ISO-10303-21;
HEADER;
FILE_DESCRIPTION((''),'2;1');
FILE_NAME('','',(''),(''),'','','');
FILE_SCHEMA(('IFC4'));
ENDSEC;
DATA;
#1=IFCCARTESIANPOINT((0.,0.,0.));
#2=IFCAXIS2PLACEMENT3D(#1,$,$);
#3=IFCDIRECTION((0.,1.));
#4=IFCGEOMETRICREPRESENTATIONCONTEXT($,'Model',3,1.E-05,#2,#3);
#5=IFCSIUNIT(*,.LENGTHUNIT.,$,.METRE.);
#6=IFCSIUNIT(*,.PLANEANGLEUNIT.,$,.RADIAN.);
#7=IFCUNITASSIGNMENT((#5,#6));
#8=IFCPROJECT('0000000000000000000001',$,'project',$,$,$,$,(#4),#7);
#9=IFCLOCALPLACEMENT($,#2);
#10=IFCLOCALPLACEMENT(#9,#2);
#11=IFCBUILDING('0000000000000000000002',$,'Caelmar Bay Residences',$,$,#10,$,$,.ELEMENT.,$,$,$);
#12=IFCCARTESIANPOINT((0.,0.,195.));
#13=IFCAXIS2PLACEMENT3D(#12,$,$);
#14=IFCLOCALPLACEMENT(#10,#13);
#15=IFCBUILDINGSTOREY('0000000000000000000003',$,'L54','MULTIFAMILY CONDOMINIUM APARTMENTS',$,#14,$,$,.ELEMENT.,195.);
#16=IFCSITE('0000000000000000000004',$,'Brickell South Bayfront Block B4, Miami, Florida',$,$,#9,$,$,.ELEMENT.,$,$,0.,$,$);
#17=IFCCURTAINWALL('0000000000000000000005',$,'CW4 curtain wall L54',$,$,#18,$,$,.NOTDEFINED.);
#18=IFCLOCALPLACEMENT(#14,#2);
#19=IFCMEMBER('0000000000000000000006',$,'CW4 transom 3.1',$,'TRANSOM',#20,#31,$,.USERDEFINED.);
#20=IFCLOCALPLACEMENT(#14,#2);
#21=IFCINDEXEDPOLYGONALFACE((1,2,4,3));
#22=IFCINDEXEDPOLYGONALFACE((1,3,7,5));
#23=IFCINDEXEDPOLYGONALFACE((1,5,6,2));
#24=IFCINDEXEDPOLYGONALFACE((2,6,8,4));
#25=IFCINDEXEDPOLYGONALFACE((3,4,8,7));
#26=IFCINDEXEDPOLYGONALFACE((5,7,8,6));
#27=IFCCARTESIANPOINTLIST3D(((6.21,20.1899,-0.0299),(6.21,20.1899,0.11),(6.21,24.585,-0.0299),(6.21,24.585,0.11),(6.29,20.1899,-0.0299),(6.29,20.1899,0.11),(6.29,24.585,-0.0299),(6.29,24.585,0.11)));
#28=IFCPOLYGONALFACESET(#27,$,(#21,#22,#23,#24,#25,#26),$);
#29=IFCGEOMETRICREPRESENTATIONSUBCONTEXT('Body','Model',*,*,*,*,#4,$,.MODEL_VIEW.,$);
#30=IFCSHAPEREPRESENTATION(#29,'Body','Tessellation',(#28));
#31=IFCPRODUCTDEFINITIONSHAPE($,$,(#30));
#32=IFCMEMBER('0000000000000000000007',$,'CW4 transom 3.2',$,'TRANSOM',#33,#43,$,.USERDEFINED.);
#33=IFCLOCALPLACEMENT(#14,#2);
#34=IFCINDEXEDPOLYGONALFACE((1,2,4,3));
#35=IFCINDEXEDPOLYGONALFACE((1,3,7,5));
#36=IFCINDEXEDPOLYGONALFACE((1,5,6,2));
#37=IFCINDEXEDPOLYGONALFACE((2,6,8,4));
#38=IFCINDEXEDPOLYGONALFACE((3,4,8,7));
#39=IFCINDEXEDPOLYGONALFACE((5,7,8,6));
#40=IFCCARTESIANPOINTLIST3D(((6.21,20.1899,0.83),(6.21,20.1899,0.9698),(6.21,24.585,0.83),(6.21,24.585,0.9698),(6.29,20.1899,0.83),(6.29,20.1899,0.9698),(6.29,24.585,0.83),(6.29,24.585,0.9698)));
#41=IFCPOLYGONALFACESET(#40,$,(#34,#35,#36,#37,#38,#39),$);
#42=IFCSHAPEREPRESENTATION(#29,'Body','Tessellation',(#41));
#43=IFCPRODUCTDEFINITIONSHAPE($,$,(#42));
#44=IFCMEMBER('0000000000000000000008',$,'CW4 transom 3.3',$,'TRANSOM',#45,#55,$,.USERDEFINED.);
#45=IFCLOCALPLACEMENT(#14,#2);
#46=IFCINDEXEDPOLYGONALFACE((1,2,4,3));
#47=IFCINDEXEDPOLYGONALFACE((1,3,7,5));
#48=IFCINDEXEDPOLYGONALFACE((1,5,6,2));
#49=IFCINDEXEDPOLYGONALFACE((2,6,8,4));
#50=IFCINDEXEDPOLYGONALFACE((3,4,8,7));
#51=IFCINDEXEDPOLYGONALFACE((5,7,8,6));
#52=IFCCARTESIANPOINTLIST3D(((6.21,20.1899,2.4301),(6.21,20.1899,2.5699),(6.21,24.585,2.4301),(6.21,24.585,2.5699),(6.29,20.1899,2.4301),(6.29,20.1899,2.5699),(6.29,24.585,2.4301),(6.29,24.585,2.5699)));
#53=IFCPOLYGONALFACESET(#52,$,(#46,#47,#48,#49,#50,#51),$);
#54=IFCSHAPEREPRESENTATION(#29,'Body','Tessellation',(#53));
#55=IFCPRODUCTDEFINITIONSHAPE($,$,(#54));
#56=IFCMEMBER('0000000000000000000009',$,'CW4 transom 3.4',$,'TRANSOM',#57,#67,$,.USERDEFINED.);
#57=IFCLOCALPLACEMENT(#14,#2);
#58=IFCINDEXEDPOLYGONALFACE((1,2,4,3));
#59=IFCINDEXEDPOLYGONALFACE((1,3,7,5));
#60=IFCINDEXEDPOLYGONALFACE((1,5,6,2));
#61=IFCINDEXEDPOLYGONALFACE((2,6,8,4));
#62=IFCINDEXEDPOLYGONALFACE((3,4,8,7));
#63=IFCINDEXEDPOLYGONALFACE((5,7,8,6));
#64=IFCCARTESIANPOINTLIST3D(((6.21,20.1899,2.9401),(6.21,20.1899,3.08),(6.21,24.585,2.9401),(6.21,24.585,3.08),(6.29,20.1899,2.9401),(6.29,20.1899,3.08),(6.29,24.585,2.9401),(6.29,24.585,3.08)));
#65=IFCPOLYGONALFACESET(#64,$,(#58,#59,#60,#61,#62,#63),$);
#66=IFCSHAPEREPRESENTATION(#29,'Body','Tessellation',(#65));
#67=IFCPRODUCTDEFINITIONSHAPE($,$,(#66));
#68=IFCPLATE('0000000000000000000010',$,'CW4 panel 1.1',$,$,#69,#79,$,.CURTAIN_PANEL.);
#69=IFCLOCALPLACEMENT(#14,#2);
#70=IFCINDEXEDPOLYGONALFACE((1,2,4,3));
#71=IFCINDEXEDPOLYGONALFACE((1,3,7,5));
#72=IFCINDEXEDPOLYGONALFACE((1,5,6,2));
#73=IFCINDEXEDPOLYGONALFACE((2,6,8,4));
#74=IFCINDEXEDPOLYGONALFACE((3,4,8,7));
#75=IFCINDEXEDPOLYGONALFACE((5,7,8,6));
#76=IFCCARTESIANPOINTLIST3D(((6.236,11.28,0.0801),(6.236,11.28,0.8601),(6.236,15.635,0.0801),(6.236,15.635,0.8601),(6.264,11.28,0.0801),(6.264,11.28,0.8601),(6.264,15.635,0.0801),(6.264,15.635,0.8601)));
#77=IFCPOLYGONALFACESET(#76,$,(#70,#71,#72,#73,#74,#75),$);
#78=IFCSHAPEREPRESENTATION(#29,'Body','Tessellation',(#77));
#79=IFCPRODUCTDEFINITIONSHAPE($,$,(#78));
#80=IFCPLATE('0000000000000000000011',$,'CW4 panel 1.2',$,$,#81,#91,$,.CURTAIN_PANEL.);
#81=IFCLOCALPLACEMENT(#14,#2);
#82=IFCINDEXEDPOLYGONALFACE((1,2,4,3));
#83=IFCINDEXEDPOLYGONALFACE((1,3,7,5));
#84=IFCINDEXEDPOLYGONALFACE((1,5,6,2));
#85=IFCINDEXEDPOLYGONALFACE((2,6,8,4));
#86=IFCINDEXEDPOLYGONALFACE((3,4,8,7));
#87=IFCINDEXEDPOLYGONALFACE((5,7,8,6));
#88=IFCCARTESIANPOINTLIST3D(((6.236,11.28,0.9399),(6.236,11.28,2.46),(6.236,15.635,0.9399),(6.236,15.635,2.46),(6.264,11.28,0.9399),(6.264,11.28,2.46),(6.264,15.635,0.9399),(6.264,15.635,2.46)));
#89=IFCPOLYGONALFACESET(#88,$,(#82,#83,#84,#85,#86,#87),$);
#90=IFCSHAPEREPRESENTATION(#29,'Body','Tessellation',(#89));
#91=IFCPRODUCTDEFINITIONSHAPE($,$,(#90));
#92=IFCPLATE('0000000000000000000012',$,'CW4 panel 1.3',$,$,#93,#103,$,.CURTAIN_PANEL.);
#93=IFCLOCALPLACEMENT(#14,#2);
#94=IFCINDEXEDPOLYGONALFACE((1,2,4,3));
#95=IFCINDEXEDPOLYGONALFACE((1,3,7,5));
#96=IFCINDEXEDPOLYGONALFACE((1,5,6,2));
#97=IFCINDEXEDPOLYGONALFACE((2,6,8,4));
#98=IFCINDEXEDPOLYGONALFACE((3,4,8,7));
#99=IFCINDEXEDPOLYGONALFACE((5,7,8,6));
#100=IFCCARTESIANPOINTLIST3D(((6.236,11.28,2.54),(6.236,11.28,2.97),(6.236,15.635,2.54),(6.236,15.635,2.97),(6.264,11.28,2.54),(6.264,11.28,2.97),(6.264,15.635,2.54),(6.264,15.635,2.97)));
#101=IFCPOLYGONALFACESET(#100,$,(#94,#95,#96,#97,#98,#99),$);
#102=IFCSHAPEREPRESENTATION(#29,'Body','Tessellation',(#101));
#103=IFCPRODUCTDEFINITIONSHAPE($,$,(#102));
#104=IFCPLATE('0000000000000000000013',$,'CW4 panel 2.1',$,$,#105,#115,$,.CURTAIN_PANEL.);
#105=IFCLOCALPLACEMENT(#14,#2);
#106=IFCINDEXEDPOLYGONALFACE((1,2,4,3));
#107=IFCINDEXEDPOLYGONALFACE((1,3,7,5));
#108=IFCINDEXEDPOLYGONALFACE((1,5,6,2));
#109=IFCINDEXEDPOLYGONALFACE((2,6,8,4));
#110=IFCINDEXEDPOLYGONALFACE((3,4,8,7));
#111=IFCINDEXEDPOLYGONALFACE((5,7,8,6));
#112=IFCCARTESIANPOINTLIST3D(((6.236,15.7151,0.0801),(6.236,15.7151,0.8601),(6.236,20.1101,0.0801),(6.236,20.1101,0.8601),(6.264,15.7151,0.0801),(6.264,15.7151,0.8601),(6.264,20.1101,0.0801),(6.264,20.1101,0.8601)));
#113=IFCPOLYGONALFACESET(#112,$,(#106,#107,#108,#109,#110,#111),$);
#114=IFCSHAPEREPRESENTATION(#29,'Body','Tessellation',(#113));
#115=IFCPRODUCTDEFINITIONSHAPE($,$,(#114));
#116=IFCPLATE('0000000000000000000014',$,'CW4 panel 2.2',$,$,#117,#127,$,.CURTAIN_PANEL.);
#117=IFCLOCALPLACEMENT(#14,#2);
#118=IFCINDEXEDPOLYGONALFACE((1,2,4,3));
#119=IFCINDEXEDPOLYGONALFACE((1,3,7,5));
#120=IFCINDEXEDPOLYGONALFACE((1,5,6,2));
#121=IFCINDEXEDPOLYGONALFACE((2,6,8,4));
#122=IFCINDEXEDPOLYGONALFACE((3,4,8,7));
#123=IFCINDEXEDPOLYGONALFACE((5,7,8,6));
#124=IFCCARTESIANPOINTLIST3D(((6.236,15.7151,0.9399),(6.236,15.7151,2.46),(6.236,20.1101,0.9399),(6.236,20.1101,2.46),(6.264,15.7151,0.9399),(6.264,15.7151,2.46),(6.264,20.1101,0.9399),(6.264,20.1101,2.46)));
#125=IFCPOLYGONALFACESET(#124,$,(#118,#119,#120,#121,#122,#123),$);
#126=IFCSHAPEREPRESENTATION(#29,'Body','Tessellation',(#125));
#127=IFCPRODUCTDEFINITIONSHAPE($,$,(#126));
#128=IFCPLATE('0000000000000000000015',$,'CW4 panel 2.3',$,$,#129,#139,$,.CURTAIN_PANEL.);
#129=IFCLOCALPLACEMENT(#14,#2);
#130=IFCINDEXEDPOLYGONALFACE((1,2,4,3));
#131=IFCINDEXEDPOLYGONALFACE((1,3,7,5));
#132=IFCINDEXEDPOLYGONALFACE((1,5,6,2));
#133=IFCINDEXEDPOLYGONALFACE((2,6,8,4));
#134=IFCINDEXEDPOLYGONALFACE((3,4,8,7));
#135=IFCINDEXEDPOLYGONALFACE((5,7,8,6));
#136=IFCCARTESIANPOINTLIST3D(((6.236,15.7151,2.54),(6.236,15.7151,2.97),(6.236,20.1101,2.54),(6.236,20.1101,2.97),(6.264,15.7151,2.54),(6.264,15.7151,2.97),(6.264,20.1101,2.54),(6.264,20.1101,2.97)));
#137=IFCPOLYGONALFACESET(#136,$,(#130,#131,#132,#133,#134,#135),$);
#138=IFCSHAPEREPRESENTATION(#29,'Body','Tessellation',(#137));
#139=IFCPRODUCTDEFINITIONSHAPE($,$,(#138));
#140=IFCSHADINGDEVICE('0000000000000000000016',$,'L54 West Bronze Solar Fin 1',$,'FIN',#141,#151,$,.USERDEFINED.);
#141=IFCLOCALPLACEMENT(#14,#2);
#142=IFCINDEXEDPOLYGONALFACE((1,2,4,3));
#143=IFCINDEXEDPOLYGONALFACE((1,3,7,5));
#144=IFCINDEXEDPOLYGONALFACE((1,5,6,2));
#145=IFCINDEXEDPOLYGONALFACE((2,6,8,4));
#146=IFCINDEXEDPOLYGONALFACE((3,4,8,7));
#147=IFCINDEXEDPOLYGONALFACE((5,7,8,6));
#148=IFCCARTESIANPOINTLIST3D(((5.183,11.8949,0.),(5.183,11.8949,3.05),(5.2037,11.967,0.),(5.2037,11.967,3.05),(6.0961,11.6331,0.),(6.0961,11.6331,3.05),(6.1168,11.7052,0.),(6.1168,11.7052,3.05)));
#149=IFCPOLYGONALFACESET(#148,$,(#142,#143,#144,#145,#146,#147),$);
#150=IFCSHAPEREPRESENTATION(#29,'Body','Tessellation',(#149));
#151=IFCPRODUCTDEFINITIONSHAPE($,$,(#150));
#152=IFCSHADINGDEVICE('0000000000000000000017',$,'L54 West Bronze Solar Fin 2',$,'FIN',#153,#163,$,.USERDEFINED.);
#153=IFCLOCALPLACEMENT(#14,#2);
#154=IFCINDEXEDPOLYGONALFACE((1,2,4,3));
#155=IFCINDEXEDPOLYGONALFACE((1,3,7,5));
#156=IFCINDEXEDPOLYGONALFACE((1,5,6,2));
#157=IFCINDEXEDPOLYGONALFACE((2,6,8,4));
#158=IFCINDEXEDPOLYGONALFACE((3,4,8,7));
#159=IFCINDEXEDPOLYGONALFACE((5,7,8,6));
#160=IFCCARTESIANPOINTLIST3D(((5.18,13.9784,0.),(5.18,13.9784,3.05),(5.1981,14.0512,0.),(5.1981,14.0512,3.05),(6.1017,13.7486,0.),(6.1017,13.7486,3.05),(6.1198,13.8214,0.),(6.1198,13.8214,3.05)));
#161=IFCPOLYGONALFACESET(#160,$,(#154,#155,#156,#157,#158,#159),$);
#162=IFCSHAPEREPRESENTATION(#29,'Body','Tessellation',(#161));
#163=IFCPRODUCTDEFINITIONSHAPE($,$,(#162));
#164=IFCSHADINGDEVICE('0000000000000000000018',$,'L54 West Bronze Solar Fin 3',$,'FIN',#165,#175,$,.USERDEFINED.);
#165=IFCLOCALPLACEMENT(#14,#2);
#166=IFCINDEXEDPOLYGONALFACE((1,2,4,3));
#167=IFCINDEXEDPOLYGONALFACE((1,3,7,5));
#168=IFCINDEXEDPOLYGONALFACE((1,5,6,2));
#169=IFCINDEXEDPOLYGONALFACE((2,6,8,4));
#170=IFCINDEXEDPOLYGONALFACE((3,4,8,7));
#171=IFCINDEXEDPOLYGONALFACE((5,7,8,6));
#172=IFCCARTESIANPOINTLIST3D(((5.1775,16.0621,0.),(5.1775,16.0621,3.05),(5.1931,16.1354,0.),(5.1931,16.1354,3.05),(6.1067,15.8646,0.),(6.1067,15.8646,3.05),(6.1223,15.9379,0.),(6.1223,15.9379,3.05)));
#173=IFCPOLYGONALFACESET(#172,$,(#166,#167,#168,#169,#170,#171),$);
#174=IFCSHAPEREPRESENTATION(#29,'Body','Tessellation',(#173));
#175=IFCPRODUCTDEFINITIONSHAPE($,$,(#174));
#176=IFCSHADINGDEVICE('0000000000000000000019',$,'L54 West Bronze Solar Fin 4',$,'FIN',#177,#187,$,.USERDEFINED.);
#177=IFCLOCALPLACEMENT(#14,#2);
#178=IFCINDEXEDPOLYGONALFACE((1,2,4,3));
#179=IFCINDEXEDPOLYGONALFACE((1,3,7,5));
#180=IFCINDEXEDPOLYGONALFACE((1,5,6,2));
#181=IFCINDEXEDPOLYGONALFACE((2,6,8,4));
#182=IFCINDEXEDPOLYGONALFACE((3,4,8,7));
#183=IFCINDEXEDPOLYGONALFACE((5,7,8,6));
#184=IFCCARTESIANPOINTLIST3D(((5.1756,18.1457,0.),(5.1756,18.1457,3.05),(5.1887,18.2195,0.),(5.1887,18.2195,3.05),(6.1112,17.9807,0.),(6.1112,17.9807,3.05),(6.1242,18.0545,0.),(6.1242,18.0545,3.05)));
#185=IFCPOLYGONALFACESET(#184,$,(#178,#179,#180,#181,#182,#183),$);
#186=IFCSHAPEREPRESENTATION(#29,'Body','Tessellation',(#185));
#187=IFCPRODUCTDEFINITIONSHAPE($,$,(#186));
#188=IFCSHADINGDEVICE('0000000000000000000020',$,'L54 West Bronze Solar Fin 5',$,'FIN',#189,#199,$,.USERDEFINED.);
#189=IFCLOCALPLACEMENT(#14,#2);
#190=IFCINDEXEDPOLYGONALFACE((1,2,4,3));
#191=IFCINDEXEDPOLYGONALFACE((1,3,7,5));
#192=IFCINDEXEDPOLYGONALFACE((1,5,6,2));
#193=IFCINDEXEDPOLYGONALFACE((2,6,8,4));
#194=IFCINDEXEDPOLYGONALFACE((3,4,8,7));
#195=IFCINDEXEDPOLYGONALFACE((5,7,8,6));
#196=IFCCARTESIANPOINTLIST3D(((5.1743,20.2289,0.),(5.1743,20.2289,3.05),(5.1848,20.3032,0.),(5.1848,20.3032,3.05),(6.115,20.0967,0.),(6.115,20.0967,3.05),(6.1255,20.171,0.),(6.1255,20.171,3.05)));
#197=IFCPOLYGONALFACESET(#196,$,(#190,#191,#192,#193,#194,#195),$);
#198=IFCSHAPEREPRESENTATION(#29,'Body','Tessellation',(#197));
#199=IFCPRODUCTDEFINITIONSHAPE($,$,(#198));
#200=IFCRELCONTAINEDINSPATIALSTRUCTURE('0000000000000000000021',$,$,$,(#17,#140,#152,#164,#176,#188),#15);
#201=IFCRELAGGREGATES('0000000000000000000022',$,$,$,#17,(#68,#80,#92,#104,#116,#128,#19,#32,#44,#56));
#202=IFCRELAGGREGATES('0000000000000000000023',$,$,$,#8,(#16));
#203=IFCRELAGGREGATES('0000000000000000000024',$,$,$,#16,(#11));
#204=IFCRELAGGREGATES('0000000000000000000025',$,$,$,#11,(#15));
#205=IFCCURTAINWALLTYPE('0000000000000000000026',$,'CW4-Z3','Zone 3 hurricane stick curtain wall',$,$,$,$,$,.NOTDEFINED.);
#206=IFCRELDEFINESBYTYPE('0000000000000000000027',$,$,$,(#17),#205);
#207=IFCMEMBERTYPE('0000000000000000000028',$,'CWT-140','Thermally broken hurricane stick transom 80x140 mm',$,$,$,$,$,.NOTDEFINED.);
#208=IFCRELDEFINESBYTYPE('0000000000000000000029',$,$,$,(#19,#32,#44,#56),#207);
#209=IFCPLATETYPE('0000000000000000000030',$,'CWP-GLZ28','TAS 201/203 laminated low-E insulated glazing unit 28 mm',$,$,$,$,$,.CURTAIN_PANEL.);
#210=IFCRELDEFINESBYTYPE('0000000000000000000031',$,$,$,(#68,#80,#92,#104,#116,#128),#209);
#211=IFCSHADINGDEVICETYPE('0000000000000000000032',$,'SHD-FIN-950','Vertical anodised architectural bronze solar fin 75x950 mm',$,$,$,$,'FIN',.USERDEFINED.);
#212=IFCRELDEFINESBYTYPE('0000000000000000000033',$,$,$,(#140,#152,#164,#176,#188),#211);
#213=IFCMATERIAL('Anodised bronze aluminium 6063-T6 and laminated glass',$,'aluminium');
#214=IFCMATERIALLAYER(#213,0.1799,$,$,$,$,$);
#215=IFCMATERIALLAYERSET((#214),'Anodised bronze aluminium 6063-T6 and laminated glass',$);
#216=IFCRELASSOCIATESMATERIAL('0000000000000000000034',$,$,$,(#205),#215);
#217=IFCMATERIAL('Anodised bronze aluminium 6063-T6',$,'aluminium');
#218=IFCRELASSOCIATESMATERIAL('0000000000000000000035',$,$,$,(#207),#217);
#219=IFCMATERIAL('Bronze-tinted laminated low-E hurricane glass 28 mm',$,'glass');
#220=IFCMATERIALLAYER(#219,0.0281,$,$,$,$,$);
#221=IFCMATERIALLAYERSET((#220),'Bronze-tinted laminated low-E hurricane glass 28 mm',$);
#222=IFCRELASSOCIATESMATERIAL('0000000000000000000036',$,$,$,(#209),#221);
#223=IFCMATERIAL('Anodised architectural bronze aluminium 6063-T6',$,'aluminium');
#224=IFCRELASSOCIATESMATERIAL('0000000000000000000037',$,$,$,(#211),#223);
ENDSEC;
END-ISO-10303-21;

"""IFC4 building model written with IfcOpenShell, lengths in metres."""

from ifc_helpers import new_model, si_unit, direction, frame, origin, origin_2d, place, context, subcontext, project, spatial, rectangle, extrude, material, layer, layer_set, material_profile, profile_set, type_object, element, aggregate, save


model = new_model("IFC4")

# Units and contexts
model_context = context("Model", 3, precision=1e-05, world=origin(), true_north=direction((0.0, 1.0)))
body_context = subcontext(model_context, "Body", "Model", "MODEL_VIEW")
ifc_project = project(units=[si_unit("LENGTHUNIT", "METRE"), si_unit("PLANEANGLEUNIT", "RADIAN")], contexts=[model_context])

# Site, building, storey
site_placement = place(None, origin())
site = spatial("IfcSite", under=ifc_project, at=site_placement, Name="Brickell South Bayfront Block B4, Miami, Florida", CompositionType="ELEMENT", RefElevation=0.0)
building_placement = place(site_placement, origin())
building = spatial("IfcBuilding", under=site, at=building_placement, Name="Caelmar Bay Residences", CompositionType="ELEMENT")
storey_placement = place(building_placement, frame((0.0, 0.0, 195.0)))
storey = spatial("IfcBuildingStorey", under=building, at=storey_placement, Name="L54", Description="MULTIFAMILY CONDOMINIUM APARTMENTS", CompositionType="ELEMENT", Elevation=195.0)

# Curtain wall, members, plates
ifc_material_1 = material(Name="Anodised bronze aluminium 6063-T6 and laminated glass", Category="aluminium")
ifc_layer_1 = layer(ifc_material_1, 0.1799)
ifc_layer_set_1 = layer_set([ifc_layer_1], Name="Anodised bronze aluminium 6063-T6 and laminated glass")
curtain_wall_type = type_object("IfcCurtainWallType", Name="CW4-Z3", Description="Zone 3 hurricane stick curtain wall", PredefinedType="NOTDEFINED", material=ifc_layer_set_1)
curtain_wall_placement = place(storey_placement, origin())
curtain_wall = element("IfcCurtainWall", 1, at=curtain_wall_placement, inside=storey, type_object=curtain_wall_type, Name="CW4 curtain wall L54", PredefinedType="NOTDEFINED")
ifc_material_2 = material(Name="Anodised bronze aluminium 6063-T6", Category="aluminium")
ifc_material_profile_1 = material_profile(ifc_material_2, rectangle(XDim=0.0801, YDim=0.1399, at=origin_2d()), Name="CWT-80X140")
ifc_profile_set_1 = profile_set([ifc_material_profile_1], Name="Anodised bronze aluminium 6063-T6")
member_type_1 = type_object("IfcMemberType", Name="CWT-140", Description="Thermally broken hurricane stick transom 80x140 mm", PredefinedType="NOTDEFINED", material=ifc_profile_set_1)
member_1_placement = place(storey_placement, frame((6.25, 20.1899, 0.04), z_axis=(0.0, 1.0, 0.0), x_axis=(-1.0, 0.0, 0.0)))
member_1 = element("IfcMember", 2, at=member_1_placement, type_object=member_type_1, Name="CW4 transom 3.1", ObjectType="TRANSOM", PredefinedType="USERDEFINED", context=body_context, shape_type="SweptSolid", body=[
    extrude(rectangle(XDim=0.0801, YDim=0.1399, at=origin_2d()), origin(), (0.0, 0.0, 1.0), 4.395),
])
member_2_placement = place(storey_placement, frame((6.25, 20.1899, 0.8999), z_axis=(0.0, 1.0, 0.0), x_axis=(-1.0, 0.0, 0.0)))
member_2 = element("IfcMember", 3, at=member_2_placement, type_object=member_type_1, Name="CW4 transom 3.2", ObjectType="TRANSOM", PredefinedType="USERDEFINED", context=body_context, shape_type="SweptSolid", body=[
    extrude(rectangle(XDim=0.0801, YDim=0.1399, at=origin_2d()), origin(), (0.0, 0.0, 1.0), 4.395),
])
member_3_placement = place(storey_placement, frame((6.25, 20.1899, 2.5), z_axis=(0.0, 1.0, 0.0), x_axis=(-1.0, 0.0, 0.0)))
member_3 = element("IfcMember", 4, at=member_3_placement, type_object=member_type_1, Name="CW4 transom 3.3", ObjectType="TRANSOM", PredefinedType="USERDEFINED", context=body_context, shape_type="SweptSolid", body=[
    extrude(rectangle(XDim=0.0801, YDim=0.1399, at=origin_2d()), origin(), (0.0, 0.0, 1.0), 4.395),
])
member_4_placement = place(storey_placement, frame((6.25, 20.1899, 3.01), z_axis=(0.0, 1.0, 0.0), x_axis=(-1.0, 0.0, 0.0)))
member_4 = element("IfcMember", 5, at=member_4_placement, type_object=member_type_1, Name="CW4 transom 3.4", ObjectType="TRANSOM", PredefinedType="USERDEFINED", context=body_context, shape_type="SweptSolid", body=[
    extrude(rectangle(XDim=0.0801, YDim=0.1399, at=origin_2d()), origin(), (0.0, 0.0, 1.0), 4.395),
])
ifc_material_3 = material(Name="Bronze-tinted laminated low-E hurricane glass 28 mm", Category="glass")
ifc_layer_2 = layer(ifc_material_3, 0.0281)
ifc_layer_set_2 = layer_set([ifc_layer_2], Name="Bronze-tinted laminated low-E hurricane glass 28 mm")
plate_type = type_object("IfcPlateType", Name="CWP-GLZ28", Description="TAS 201/203 laminated low-E insulated glazing unit 28 mm", PredefinedType="CURTAIN_PANEL", material=ifc_layer_set_2)
plate_1_placement = place(storey_placement, frame((6.25, 13.4575, 0.0801), z_axis=(0.0, 0.0, 1.0), x_axis=(0.0, 1.0, 0.0)))
plate_1 = element("IfcPlate", 6, at=plate_1_placement, type_object=plate_type, Name="CW4 panel 1.1", PredefinedType="CURTAIN_PANEL", context=body_context, shape_type="SweptSolid", body=[
    extrude(rectangle(XDim=4.355, YDim=0.0281, at=origin_2d()), origin(), (0.0, 0.0, 1.0), 0.78),
])
plate_2_placement = place(storey_placement, frame((6.25, 13.4575, 0.9399), z_axis=(0.0, 0.0, 1.0), x_axis=(0.0, 1.0, 0.0)))
plate_2 = element("IfcPlate", 7, at=plate_2_placement, type_object=plate_type, Name="CW4 panel 1.2", PredefinedType="CURTAIN_PANEL", context=body_context, shape_type="SweptSolid", body=[
    extrude(rectangle(XDim=4.355, YDim=0.0281, at=origin_2d()), origin(), (0.0, 0.0, 1.0), 1.52),
])
plate_3_placement = place(storey_placement, frame((6.25, 13.4575, 2.54), z_axis=(0.0, 0.0, 1.0), x_axis=(0.0, 1.0, 0.0)))
plate_3 = element("IfcPlate", 8, at=plate_3_placement, type_object=plate_type, Name="CW4 panel 1.3", PredefinedType="CURTAIN_PANEL", context=body_context, shape_type="SweptSolid", body=[
    extrude(rectangle(XDim=4.355, YDim=0.0281, at=origin_2d()), origin(), (0.0, 0.0, 1.0), 0.4299),
])
plate_4_placement = place(storey_placement, frame((6.25, 17.9126, 0.0801), z_axis=(0.0, 0.0, 1.0), x_axis=(0.0, 1.0, 0.0)))
plate_4 = element("IfcPlate", 9, at=plate_4_placement, type_object=plate_type, Name="CW4 panel 2.1", PredefinedType="CURTAIN_PANEL", context=body_context, shape_type="SweptSolid", body=[
    extrude(rectangle(XDim=4.395, YDim=0.0281, at=origin_2d()), origin(), (0.0, 0.0, 1.0), 0.78),
])
plate_5_placement = place(storey_placement, frame((6.25, 17.9126, 0.9399), z_axis=(0.0, 0.0, 1.0), x_axis=(0.0, 1.0, 0.0)))
plate_5 = element("IfcPlate", 10, at=plate_5_placement, type_object=plate_type, Name="CW4 panel 2.2", PredefinedType="CURTAIN_PANEL", context=body_context, shape_type="SweptSolid", body=[
    extrude(rectangle(XDim=4.395, YDim=0.0281, at=origin_2d()), origin(), (0.0, 0.0, 1.0), 1.52),
])
plate_6_placement = place(storey_placement, frame((6.25, 17.9126, 2.54), z_axis=(0.0, 0.0, 1.0), x_axis=(0.0, 1.0, 0.0)))
plate_6 = element("IfcPlate", 11, at=plate_6_placement, type_object=plate_type, Name="CW4 panel 2.3", PredefinedType="CURTAIN_PANEL", context=body_context, shape_type="SweptSolid", body=[
    extrude(rectangle(XDim=4.395, YDim=0.0281, at=origin_2d()), origin(), (0.0, 0.0, 1.0), 0.4299),
])
aggregate(curtain_wall, [plate_1, plate_2, plate_3, plate_4, plate_5, plate_6, member_1, member_2, member_3, member_4])

# Shading devices
ifc_material_4 = material(Name="Anodised architectural bronze aluminium 6063-T6", Category="aluminium")
ifc_material_profile_2 = material_profile(ifc_material_4, rectangle(XDim=0.075, YDim=0.95, at=origin_2d()), Name="BRONZE-FIN-75X950")
ifc_profile_set_2 = profile_set([ifc_material_profile_2], Name="Anodised architectural bronze aluminium 6063-T6")
shading_device_type = type_object("IfcShadingDeviceType", Name="SHD-FIN-950", Description="Vertical anodised architectural bronze solar fin 75x950 mm", ElementType="FIN", PredefinedType="USERDEFINED", material=ifc_profile_set_2)
for number, where, z_axis, x_axis, name in (
    (12, (5.6499, 11.8, 0.0), (0.0, 0.0, 1.0), (0.275637, 0.961262, 0.0), "L54 West Bronze Solar Fin 1"),
    (13, (5.6499, 13.8999, 0.0), (0.0, 0.0, 1.0), (0.241922, 0.970296, 0.0), "L54 West Bronze Solar Fin 2"),
    (14, (5.6499, 16.0, 0.0), (0.0, 0.0, 1.0), (0.207912, 0.978148, 0.0), "L54 West Bronze Solar Fin 3"),
    (15, (5.6499, 18.1001, 0.0), (0.0, 0.0, 1.0), (0.173648, 0.984808, 0.0), "L54 West Bronze Solar Fin 4"),
    (16, (5.6499, 20.2, 0.0), (0.0, 0.0, 1.0), (0.139173, 0.990268, 0.0), "L54 West Bronze Solar Fin 5"),
):
    element("IfcShadingDevice", number, at=place(storey_placement, frame(where, z_axis=z_axis, x_axis=x_axis)), inside=storey, type_object=shading_device_type, Name=name, ObjectType="FIN", PredefinedType="USERDEFINED", context=body_context, shape_type="SweptSolid", body=[
        extrude(rectangle(XDim=0.075, YDim=0.95, at=origin_2d()), origin(), (0.0, 0.0, 1.0), 3.05),
    ])

save(model, "model.ifc")
